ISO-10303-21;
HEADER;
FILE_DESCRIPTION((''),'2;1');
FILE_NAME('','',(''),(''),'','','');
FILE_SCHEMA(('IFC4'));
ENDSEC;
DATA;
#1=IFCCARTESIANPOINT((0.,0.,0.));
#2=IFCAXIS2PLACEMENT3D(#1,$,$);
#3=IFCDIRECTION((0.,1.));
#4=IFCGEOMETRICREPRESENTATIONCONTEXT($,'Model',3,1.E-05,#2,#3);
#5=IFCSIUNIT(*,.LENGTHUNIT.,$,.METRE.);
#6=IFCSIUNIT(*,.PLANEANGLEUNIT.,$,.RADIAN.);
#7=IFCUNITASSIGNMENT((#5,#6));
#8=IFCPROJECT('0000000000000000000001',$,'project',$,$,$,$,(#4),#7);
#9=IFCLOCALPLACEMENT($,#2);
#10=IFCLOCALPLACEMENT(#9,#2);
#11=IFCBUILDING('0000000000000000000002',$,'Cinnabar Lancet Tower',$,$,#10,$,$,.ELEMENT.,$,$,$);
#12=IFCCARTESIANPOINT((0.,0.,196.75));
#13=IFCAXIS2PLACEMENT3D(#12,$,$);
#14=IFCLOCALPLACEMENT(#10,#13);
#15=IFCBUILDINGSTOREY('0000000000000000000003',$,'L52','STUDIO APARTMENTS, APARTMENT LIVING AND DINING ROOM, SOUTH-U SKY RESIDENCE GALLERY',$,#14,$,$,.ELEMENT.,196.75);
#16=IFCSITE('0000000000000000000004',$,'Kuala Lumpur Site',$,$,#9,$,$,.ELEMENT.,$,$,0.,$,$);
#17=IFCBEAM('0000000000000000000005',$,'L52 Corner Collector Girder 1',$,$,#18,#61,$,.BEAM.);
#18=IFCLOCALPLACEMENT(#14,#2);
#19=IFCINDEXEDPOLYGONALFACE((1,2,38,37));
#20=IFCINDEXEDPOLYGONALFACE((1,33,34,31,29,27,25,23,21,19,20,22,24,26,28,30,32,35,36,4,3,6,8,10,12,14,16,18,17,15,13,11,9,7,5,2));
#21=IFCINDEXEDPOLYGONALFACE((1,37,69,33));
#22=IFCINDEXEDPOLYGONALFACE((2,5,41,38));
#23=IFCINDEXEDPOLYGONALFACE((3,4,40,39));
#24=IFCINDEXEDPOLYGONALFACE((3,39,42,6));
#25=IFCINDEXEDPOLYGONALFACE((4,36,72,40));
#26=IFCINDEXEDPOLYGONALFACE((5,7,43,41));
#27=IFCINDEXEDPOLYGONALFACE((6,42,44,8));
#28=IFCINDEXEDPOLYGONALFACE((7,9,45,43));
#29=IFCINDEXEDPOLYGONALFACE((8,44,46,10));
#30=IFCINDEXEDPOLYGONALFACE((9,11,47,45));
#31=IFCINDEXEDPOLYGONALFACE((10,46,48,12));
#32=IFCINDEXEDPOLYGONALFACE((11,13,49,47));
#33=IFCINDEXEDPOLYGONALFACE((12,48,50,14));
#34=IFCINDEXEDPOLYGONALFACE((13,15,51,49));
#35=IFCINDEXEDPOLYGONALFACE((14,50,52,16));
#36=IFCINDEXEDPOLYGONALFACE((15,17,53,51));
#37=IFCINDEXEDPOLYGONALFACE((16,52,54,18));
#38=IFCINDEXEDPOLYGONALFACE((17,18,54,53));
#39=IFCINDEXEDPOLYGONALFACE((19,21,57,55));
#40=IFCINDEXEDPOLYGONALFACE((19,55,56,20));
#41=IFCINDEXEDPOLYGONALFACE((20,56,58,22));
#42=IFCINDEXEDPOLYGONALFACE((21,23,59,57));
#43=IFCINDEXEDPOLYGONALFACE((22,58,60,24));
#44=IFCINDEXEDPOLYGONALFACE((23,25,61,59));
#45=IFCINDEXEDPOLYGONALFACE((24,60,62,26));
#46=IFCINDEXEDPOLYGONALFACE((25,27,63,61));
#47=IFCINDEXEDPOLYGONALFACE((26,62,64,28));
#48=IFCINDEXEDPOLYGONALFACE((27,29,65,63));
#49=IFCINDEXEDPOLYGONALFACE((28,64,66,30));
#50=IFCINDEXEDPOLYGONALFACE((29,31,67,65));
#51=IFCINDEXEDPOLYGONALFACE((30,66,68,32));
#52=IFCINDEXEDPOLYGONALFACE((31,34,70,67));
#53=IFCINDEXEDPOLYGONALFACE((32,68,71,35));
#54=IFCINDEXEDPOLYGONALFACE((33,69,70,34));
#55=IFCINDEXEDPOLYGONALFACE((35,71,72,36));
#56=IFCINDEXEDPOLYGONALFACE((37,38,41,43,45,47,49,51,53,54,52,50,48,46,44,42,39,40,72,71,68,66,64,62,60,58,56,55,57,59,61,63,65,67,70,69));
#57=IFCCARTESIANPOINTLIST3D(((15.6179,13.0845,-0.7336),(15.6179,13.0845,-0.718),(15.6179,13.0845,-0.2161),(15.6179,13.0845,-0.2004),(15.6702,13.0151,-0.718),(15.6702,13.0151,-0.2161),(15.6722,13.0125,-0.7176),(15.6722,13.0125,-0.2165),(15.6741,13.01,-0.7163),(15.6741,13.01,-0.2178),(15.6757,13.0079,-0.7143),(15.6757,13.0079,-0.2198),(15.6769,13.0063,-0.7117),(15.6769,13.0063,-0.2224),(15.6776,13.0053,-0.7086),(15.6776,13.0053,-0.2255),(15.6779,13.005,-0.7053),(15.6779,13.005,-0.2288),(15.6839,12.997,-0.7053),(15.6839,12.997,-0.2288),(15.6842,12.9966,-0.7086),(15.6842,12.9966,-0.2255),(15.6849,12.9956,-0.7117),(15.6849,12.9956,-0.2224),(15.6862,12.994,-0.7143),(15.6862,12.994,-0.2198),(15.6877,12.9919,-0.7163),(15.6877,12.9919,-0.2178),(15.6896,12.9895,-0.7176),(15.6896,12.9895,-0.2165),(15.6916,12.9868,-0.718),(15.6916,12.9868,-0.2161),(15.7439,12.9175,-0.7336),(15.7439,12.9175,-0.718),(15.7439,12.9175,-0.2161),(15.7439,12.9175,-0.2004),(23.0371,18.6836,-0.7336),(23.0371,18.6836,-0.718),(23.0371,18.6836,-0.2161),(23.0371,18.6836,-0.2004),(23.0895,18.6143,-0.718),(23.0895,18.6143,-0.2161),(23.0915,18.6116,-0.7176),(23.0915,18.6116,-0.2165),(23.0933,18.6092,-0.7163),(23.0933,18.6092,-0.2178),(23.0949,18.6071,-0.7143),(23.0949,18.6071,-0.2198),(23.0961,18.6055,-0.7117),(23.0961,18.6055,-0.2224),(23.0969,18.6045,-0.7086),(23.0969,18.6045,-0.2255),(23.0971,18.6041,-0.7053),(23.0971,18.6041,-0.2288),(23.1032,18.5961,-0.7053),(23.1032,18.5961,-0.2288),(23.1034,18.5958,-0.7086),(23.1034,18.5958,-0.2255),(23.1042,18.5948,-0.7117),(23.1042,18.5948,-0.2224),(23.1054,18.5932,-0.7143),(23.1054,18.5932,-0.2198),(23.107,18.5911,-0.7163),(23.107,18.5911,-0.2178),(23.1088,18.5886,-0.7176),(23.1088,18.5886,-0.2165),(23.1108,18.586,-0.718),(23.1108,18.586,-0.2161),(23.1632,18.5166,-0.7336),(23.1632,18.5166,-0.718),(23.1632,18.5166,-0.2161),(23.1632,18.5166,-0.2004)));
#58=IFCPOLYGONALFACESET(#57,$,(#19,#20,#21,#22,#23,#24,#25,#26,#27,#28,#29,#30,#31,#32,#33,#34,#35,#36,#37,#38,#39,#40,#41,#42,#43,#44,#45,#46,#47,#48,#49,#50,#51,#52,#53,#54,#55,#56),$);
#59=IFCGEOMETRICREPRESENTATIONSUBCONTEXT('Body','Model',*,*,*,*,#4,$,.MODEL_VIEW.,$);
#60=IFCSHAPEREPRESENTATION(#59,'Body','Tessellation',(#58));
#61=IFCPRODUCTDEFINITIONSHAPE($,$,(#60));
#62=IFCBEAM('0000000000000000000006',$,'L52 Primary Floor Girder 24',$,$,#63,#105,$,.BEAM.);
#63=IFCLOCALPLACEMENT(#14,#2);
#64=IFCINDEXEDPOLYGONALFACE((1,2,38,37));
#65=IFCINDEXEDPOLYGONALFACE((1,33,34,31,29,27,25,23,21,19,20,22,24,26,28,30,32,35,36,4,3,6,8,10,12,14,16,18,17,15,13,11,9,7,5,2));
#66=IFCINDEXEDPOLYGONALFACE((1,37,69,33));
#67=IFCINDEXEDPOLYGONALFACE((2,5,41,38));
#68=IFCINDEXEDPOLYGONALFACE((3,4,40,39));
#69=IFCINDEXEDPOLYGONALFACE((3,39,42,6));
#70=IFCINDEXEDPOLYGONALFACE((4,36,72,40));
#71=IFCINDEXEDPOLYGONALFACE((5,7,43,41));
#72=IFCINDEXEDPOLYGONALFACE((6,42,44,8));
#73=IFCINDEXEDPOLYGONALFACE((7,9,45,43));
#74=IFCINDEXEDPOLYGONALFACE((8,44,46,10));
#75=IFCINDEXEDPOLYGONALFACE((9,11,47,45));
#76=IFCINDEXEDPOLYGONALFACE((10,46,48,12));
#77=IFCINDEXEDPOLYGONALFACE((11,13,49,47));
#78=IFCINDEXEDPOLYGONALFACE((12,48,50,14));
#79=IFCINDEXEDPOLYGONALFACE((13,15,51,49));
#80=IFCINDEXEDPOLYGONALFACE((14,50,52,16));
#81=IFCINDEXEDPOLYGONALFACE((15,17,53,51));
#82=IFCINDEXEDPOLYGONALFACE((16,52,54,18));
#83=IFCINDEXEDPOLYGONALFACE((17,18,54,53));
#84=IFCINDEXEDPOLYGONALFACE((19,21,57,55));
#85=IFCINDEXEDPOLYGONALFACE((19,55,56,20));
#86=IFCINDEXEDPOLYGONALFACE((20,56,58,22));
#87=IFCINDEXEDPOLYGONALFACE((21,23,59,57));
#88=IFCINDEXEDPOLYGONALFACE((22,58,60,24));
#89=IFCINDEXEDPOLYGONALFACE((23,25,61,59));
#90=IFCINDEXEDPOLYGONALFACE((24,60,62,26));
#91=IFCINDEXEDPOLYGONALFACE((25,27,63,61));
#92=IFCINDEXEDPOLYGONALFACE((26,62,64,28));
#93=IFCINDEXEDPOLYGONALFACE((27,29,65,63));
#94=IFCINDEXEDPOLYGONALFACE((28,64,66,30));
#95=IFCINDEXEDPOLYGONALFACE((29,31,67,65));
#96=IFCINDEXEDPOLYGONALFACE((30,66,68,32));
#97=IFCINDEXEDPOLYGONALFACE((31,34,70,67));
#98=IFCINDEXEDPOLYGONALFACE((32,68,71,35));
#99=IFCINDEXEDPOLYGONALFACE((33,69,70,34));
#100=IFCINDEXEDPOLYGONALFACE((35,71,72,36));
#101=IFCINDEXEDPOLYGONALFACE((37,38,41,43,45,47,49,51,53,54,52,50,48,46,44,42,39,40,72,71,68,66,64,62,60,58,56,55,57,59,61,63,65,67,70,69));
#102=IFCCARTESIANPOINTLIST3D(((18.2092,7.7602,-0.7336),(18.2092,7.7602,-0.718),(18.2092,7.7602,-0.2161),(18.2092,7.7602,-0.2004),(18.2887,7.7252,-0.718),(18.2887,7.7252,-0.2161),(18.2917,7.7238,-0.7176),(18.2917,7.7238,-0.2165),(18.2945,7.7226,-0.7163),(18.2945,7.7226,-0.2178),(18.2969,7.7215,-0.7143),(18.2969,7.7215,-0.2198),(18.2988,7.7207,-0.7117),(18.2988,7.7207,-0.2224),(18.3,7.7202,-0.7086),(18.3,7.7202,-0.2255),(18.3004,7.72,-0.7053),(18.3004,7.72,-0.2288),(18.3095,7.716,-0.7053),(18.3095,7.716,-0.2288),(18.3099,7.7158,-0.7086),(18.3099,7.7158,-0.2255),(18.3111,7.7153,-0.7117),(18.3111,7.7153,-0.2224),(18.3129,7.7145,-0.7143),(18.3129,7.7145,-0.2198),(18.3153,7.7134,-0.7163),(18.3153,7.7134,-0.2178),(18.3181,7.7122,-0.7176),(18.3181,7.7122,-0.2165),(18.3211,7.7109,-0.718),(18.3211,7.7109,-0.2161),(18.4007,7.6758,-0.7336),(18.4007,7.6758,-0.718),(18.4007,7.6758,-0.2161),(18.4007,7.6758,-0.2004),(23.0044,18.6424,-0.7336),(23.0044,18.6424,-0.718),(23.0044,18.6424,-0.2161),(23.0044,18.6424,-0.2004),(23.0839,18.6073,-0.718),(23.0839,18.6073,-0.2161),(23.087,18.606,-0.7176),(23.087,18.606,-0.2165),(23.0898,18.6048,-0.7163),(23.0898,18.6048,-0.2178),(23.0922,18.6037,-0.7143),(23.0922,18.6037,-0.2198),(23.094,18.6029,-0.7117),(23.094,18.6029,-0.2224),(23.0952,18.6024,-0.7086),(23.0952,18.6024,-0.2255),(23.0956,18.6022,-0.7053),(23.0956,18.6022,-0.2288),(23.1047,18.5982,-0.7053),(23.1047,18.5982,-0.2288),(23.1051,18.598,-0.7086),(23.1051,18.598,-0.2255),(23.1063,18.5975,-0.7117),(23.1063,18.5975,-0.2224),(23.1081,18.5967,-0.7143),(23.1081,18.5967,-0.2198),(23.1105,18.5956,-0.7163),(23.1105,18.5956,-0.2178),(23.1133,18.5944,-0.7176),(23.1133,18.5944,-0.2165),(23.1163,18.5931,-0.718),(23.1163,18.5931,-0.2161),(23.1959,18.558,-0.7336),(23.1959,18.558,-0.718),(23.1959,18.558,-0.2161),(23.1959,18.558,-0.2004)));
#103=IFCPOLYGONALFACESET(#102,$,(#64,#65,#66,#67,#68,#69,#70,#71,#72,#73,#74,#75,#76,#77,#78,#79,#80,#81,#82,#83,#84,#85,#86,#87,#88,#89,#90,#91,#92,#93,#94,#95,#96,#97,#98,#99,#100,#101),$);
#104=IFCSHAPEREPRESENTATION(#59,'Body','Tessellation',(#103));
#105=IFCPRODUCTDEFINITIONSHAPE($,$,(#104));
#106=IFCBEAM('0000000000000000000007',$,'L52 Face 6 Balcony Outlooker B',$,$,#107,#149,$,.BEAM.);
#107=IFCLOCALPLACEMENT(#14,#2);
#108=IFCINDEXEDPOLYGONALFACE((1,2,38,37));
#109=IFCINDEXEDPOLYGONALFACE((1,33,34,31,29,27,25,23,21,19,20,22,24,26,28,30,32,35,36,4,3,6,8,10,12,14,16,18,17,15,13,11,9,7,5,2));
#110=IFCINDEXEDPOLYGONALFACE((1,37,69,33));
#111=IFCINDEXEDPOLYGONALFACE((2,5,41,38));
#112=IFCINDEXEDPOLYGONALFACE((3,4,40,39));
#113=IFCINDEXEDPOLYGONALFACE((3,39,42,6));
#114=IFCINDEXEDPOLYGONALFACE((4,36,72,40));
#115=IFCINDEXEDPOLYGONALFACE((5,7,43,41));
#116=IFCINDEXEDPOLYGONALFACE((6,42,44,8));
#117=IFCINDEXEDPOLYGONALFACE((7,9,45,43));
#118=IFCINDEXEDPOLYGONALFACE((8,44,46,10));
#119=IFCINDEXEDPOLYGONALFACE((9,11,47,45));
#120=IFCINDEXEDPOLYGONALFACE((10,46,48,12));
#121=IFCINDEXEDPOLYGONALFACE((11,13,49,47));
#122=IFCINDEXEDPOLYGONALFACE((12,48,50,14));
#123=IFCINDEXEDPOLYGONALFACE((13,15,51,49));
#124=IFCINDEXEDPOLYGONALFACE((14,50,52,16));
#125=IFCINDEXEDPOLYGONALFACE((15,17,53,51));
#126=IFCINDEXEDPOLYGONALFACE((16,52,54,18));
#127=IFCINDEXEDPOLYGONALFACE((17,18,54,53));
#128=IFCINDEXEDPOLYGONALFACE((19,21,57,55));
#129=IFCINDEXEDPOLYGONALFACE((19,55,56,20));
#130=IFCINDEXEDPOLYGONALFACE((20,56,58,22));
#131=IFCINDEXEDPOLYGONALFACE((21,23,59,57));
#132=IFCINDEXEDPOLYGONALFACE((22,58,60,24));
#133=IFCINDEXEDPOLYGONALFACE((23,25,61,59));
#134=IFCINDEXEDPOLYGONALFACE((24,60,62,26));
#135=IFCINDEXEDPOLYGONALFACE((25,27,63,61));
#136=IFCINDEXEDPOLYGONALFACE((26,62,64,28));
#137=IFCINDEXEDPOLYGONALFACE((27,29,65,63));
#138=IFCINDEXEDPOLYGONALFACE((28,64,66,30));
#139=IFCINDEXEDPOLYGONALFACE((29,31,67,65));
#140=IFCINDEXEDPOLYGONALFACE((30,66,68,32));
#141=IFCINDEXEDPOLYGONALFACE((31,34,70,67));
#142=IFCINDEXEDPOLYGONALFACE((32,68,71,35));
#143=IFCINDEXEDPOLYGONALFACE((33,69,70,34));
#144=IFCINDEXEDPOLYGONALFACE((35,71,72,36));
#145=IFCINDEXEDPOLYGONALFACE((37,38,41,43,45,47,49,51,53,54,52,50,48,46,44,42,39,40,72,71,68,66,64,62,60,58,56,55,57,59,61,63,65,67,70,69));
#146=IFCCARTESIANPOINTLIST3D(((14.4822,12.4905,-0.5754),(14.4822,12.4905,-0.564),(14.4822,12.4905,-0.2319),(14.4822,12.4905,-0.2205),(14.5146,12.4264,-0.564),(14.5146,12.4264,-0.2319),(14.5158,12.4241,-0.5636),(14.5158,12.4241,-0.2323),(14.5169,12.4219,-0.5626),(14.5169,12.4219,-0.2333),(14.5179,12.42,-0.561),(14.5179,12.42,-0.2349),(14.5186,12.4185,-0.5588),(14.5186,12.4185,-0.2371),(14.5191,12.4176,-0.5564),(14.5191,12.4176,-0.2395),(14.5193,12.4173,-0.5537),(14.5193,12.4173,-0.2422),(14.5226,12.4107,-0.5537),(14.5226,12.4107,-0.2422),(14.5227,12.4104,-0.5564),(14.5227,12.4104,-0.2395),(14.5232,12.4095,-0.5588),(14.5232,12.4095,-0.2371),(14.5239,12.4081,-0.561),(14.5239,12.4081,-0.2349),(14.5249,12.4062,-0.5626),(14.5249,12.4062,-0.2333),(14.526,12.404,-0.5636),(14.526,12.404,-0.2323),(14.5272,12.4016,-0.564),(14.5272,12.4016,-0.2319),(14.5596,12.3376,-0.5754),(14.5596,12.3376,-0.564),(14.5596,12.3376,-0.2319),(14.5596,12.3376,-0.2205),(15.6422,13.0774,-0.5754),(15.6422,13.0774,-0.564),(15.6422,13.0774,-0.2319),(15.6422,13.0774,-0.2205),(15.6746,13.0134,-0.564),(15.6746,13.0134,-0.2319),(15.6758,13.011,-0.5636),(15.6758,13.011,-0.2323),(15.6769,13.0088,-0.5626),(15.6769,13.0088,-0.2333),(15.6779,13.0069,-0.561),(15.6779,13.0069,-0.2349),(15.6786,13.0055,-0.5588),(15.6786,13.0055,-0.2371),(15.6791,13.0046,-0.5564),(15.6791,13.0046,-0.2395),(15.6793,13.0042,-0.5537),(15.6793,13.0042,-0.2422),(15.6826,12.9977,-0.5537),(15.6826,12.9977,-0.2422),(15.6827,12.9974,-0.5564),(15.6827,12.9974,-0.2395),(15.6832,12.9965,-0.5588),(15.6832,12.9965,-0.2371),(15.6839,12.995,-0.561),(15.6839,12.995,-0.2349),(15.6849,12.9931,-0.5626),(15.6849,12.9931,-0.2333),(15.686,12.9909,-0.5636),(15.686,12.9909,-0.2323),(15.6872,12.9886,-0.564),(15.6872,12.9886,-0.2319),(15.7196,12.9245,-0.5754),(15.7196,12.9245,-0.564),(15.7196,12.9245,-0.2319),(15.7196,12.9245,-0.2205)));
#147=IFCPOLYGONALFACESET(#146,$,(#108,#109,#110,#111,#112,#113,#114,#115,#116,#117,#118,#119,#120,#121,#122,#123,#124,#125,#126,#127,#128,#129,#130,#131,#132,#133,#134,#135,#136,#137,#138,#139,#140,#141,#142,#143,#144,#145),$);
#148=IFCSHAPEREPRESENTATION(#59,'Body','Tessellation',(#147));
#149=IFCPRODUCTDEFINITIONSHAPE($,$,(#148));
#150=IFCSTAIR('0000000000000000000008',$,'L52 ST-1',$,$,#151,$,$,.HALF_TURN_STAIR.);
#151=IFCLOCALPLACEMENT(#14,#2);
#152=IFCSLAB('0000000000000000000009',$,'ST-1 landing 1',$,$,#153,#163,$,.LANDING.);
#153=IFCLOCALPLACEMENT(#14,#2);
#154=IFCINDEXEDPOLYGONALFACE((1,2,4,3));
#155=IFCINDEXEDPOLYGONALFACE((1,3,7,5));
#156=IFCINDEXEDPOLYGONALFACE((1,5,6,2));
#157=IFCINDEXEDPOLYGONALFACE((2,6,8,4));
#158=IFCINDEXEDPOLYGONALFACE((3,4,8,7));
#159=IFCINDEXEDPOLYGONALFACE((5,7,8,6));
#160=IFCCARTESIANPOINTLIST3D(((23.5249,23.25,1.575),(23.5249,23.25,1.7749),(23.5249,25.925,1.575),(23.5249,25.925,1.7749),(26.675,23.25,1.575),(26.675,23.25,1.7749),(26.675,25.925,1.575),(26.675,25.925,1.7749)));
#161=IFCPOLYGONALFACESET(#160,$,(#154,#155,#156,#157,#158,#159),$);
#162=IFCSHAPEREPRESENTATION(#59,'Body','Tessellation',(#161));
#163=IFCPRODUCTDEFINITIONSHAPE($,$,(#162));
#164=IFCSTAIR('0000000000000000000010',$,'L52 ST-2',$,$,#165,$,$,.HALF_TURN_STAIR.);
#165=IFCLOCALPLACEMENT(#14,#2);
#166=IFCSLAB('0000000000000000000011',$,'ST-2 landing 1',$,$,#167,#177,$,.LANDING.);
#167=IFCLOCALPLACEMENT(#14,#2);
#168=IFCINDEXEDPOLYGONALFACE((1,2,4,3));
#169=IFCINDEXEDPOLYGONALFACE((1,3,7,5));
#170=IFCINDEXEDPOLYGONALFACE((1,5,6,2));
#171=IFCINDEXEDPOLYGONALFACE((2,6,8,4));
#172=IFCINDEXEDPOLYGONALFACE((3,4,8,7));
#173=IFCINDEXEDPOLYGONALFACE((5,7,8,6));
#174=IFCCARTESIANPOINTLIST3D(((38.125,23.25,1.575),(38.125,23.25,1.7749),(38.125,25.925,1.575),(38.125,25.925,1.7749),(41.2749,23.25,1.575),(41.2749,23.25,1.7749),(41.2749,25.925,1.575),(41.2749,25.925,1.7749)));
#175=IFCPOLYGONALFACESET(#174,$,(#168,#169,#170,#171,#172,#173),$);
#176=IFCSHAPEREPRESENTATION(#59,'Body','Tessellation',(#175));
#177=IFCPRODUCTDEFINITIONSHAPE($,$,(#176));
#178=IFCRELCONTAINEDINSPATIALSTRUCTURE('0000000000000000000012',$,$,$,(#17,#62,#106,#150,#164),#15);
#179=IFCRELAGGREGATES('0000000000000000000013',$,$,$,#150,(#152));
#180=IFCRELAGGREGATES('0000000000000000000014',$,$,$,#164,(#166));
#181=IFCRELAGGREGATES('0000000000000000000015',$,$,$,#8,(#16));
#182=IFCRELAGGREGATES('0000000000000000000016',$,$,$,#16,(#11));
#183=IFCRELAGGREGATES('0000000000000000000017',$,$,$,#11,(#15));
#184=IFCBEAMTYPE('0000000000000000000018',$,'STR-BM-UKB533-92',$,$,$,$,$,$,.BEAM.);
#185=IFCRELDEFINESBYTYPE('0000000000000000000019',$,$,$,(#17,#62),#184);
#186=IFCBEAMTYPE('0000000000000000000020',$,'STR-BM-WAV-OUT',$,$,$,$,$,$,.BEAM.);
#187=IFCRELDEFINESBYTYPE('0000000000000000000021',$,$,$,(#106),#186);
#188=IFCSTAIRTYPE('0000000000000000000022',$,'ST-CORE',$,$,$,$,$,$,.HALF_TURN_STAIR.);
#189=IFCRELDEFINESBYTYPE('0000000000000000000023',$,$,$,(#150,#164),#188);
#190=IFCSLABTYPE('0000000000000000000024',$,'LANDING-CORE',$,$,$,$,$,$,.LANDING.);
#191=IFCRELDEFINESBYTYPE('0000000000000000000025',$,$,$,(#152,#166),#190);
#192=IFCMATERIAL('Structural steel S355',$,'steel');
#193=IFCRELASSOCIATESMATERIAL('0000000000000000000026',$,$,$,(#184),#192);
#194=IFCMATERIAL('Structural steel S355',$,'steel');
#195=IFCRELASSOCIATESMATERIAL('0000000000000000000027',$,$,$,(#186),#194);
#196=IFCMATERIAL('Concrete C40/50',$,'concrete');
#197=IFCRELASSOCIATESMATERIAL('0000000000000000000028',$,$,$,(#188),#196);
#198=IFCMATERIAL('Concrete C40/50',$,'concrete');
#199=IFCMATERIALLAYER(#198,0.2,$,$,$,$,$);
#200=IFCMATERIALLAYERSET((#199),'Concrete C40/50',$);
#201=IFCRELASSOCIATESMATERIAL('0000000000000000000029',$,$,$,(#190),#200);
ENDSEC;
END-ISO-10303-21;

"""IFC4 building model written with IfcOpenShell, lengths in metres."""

from ifc_helpers import new_model, si_unit, direction, frame, origin, origin_2d, place, context, subcontext, project, spatial, polyline, i_section, outline, extrude, material, layer, layer_set, material_profile, profile_set, type_object, element, aggregate, save


model = new_model("IFC4")

# Units and contexts
model_context = context("Model", 3, precision=1e-05, world=origin(), true_north=direction((0.0, 1.0)))
body_context = subcontext(model_context, "Body", "Model", "MODEL_VIEW")
ifc_project = project(units=[si_unit("LENGTHUNIT", "METRE"), si_unit("PLANEANGLEUNIT", "RADIAN")], contexts=[model_context])

# Site, building, storey
site_placement = place(None, origin())
site = spatial("IfcSite", under=ifc_project, at=site_placement, Name="Kuala Lumpur Site", CompositionType="ELEMENT", RefElevation=0.0)
building_placement = place(site_placement, origin())
building = spatial("IfcBuilding", under=site, at=building_placement, Name="Cinnabar Lancet Tower", CompositionType="ELEMENT")
storey_placement = place(building_placement, frame((0.0, 0.0, 196.75)))
storey = spatial("IfcBuildingStorey", under=building, at=storey_placement, Name="L52", Description="STUDIO APARTMENTS, APARTMENT LIVING AND DINING ROOM, SOUTH-U SKY RESIDENCE GALLERY", CompositionType="ELEMENT", Elevation=196.75)

# Beams
ifc_material_1 = material(Name="Structural steel S355", Category="steel")
ifc_material_profile_1 = material_profile(ifc_material_1, i_section(OverallWidth=0.2092, OverallDepth=0.5332, WebThickness=0.01, FlangeThickness=0.0156, FilletRadius=0.0127, at=origin_2d()), Name="UKB 533x210x92")
ifc_profile_set_1 = profile_set([ifc_material_profile_1], Name="Structural steel S355")
beam_type_1 = type_object("IfcBeamType", Name="STR-BM-UKB533-92", PredefinedType="BEAM", material=ifc_profile_set_1)
beam_1_placement = place(storey_placement, frame((15.6809, 13.001, -0.467), z_axis=(0.798203, 0.602389, 0.0), x_axis=(-0.602389, 0.798203, 0.0)))
element("IfcBeam", 1, at=beam_1_placement, inside=storey, type_object=beam_type_1, Name="L52 Corner Collector Girder 1", PredefinedType="BEAM", context=body_context, shape_type="SweptSolid", body=[
    extrude(i_section(OverallWidth=0.2092, OverallDepth=0.5332, WebThickness=0.01, FlangeThickness=0.0156, FilletRadius=0.0127, at=origin_2d()), origin(), (0.0, 0.0, 1.0), 9.2949),
])
beam_2_placement = place(storey_placement, frame((18.3049, 7.718, -0.467), z_axis=(0.403235, 0.915096, 0.0), x_axis=(-0.915096, 0.403235, 0.0)))
element("IfcBeam", 2, at=beam_2_placement, inside=storey, type_object=beam_type_1, Name="L52 Primary Floor Girder 24", PredefinedType="BEAM", context=body_context, shape_type="SweptSolid", body=[
    extrude(i_section(OverallWidth=0.2092, OverallDepth=0.5332, WebThickness=0.01, FlangeThickness=0.0156, FilletRadius=0.0127, at=origin_2d()), origin(), (0.0, 0.0, 1.0), 11.8918),
])
ifc_material_2 = material(Name="Structural steel S355", Category="steel")
ifc_material_profile_2 = material_profile(ifc_material_2, i_section(OverallWidth=0.1714, OverallDepth=0.355, WebThickness=0.0073, FlangeThickness=0.0115, FilletRadius=0.0103, at=origin_2d()), Name="UKB 356x171x51")
ifc_profile_set_2 = profile_set([ifc_material_profile_2], Name="Structural steel S355")
beam_type_2 = type_object("IfcBeamType", Name="STR-BM-WAV-OUT", PredefinedType="BEAM", material=ifc_profile_set_2)
beam_3_placement = place(storey_placement, frame((15.6809, 13.001, -0.3979), z_axis=(-0.892276, -0.45149, 0.0), x_axis=(0.45149, -0.892276, 0.0)))
element("IfcBeam", 3, at=beam_3_placement, inside=storey, type_object=beam_type_2, Name="L52 Face 6 Balcony Outlooker B", PredefinedType="BEAM", context=body_context, shape_type="SweptSolid", body=[
    extrude(i_section(OverallWidth=0.1714, OverallDepth=0.355, WebThickness=0.0073, FlangeThickness=0.0115, FilletRadius=0.0103, at=origin_2d()), origin(), (0.0, 0.0, 1.0), 1.3),
])

# Stairs, slabs
ifc_material_3 = material(Name="Concrete C40/50", Category="concrete")
stair_type = type_object("IfcStairType", Name="ST-CORE", PredefinedType="HALF_TURN_STAIR", material=ifc_material_3)
stair_1_placement = place(storey_placement, origin())
stair_1 = element("IfcStair", 4, at=stair_1_placement, inside=storey, type_object=stair_type, Name="L52 ST-1", PredefinedType="HALF_TURN_STAIR")
ifc_material_4 = material(Name="Concrete C40/50", Category="concrete")
ifc_layer_1 = layer(ifc_material_4, 0.2)
ifc_layer_set_1 = layer_set([ifc_layer_1], Name="Concrete C40/50")
slab_type_1 = type_object("IfcSlabType", Name="LANDING-CORE", PredefinedType="LANDING", material=ifc_layer_set_1)
slab_1_placement = place(storey_placement, frame((0.0, 0.0, 1.575)))
slab_1 = element("IfcSlab", 5, at=slab_1_placement, type_object=slab_type_1, Name="ST-1 landing 1", PredefinedType="LANDING", context=body_context, shape_type="SweptSolid", body=[
    extrude(outline(polyline([(23.5249, 25.925), (23.5249, 23.25), (26.675, 23.25), (26.675, 25.925), (23.5249, 25.925)])), origin(), (0.0, 0.0, 1.0), 0.2),
])
aggregate(stair_1, [slab_1])
stair_2_placement = place(storey_placement, origin())
stair_2 = element("IfcStair", 6, at=stair_2_placement, inside=storey, type_object=stair_type, Name="L52 ST-2", PredefinedType="HALF_TURN_STAIR")
slab_2_placement = place(storey_placement, frame((0.0, 0.0, 1.575)))
slab_2 = element("IfcSlab", 7, at=slab_2_placement, type_object=slab_type_1, Name="ST-2 landing 1", PredefinedType="LANDING", context=body_context, shape_type="SweptSolid", body=[
    extrude(outline(polyline([(38.125, 25.925), (38.125, 23.25), (41.2749, 23.25), (41.2749, 25.925), (38.125, 25.925)])), origin(), (0.0, 0.0, 1.0), 0.2),
])
aggregate(stair_2, [slab_2])

save(model, "model.ifc")
